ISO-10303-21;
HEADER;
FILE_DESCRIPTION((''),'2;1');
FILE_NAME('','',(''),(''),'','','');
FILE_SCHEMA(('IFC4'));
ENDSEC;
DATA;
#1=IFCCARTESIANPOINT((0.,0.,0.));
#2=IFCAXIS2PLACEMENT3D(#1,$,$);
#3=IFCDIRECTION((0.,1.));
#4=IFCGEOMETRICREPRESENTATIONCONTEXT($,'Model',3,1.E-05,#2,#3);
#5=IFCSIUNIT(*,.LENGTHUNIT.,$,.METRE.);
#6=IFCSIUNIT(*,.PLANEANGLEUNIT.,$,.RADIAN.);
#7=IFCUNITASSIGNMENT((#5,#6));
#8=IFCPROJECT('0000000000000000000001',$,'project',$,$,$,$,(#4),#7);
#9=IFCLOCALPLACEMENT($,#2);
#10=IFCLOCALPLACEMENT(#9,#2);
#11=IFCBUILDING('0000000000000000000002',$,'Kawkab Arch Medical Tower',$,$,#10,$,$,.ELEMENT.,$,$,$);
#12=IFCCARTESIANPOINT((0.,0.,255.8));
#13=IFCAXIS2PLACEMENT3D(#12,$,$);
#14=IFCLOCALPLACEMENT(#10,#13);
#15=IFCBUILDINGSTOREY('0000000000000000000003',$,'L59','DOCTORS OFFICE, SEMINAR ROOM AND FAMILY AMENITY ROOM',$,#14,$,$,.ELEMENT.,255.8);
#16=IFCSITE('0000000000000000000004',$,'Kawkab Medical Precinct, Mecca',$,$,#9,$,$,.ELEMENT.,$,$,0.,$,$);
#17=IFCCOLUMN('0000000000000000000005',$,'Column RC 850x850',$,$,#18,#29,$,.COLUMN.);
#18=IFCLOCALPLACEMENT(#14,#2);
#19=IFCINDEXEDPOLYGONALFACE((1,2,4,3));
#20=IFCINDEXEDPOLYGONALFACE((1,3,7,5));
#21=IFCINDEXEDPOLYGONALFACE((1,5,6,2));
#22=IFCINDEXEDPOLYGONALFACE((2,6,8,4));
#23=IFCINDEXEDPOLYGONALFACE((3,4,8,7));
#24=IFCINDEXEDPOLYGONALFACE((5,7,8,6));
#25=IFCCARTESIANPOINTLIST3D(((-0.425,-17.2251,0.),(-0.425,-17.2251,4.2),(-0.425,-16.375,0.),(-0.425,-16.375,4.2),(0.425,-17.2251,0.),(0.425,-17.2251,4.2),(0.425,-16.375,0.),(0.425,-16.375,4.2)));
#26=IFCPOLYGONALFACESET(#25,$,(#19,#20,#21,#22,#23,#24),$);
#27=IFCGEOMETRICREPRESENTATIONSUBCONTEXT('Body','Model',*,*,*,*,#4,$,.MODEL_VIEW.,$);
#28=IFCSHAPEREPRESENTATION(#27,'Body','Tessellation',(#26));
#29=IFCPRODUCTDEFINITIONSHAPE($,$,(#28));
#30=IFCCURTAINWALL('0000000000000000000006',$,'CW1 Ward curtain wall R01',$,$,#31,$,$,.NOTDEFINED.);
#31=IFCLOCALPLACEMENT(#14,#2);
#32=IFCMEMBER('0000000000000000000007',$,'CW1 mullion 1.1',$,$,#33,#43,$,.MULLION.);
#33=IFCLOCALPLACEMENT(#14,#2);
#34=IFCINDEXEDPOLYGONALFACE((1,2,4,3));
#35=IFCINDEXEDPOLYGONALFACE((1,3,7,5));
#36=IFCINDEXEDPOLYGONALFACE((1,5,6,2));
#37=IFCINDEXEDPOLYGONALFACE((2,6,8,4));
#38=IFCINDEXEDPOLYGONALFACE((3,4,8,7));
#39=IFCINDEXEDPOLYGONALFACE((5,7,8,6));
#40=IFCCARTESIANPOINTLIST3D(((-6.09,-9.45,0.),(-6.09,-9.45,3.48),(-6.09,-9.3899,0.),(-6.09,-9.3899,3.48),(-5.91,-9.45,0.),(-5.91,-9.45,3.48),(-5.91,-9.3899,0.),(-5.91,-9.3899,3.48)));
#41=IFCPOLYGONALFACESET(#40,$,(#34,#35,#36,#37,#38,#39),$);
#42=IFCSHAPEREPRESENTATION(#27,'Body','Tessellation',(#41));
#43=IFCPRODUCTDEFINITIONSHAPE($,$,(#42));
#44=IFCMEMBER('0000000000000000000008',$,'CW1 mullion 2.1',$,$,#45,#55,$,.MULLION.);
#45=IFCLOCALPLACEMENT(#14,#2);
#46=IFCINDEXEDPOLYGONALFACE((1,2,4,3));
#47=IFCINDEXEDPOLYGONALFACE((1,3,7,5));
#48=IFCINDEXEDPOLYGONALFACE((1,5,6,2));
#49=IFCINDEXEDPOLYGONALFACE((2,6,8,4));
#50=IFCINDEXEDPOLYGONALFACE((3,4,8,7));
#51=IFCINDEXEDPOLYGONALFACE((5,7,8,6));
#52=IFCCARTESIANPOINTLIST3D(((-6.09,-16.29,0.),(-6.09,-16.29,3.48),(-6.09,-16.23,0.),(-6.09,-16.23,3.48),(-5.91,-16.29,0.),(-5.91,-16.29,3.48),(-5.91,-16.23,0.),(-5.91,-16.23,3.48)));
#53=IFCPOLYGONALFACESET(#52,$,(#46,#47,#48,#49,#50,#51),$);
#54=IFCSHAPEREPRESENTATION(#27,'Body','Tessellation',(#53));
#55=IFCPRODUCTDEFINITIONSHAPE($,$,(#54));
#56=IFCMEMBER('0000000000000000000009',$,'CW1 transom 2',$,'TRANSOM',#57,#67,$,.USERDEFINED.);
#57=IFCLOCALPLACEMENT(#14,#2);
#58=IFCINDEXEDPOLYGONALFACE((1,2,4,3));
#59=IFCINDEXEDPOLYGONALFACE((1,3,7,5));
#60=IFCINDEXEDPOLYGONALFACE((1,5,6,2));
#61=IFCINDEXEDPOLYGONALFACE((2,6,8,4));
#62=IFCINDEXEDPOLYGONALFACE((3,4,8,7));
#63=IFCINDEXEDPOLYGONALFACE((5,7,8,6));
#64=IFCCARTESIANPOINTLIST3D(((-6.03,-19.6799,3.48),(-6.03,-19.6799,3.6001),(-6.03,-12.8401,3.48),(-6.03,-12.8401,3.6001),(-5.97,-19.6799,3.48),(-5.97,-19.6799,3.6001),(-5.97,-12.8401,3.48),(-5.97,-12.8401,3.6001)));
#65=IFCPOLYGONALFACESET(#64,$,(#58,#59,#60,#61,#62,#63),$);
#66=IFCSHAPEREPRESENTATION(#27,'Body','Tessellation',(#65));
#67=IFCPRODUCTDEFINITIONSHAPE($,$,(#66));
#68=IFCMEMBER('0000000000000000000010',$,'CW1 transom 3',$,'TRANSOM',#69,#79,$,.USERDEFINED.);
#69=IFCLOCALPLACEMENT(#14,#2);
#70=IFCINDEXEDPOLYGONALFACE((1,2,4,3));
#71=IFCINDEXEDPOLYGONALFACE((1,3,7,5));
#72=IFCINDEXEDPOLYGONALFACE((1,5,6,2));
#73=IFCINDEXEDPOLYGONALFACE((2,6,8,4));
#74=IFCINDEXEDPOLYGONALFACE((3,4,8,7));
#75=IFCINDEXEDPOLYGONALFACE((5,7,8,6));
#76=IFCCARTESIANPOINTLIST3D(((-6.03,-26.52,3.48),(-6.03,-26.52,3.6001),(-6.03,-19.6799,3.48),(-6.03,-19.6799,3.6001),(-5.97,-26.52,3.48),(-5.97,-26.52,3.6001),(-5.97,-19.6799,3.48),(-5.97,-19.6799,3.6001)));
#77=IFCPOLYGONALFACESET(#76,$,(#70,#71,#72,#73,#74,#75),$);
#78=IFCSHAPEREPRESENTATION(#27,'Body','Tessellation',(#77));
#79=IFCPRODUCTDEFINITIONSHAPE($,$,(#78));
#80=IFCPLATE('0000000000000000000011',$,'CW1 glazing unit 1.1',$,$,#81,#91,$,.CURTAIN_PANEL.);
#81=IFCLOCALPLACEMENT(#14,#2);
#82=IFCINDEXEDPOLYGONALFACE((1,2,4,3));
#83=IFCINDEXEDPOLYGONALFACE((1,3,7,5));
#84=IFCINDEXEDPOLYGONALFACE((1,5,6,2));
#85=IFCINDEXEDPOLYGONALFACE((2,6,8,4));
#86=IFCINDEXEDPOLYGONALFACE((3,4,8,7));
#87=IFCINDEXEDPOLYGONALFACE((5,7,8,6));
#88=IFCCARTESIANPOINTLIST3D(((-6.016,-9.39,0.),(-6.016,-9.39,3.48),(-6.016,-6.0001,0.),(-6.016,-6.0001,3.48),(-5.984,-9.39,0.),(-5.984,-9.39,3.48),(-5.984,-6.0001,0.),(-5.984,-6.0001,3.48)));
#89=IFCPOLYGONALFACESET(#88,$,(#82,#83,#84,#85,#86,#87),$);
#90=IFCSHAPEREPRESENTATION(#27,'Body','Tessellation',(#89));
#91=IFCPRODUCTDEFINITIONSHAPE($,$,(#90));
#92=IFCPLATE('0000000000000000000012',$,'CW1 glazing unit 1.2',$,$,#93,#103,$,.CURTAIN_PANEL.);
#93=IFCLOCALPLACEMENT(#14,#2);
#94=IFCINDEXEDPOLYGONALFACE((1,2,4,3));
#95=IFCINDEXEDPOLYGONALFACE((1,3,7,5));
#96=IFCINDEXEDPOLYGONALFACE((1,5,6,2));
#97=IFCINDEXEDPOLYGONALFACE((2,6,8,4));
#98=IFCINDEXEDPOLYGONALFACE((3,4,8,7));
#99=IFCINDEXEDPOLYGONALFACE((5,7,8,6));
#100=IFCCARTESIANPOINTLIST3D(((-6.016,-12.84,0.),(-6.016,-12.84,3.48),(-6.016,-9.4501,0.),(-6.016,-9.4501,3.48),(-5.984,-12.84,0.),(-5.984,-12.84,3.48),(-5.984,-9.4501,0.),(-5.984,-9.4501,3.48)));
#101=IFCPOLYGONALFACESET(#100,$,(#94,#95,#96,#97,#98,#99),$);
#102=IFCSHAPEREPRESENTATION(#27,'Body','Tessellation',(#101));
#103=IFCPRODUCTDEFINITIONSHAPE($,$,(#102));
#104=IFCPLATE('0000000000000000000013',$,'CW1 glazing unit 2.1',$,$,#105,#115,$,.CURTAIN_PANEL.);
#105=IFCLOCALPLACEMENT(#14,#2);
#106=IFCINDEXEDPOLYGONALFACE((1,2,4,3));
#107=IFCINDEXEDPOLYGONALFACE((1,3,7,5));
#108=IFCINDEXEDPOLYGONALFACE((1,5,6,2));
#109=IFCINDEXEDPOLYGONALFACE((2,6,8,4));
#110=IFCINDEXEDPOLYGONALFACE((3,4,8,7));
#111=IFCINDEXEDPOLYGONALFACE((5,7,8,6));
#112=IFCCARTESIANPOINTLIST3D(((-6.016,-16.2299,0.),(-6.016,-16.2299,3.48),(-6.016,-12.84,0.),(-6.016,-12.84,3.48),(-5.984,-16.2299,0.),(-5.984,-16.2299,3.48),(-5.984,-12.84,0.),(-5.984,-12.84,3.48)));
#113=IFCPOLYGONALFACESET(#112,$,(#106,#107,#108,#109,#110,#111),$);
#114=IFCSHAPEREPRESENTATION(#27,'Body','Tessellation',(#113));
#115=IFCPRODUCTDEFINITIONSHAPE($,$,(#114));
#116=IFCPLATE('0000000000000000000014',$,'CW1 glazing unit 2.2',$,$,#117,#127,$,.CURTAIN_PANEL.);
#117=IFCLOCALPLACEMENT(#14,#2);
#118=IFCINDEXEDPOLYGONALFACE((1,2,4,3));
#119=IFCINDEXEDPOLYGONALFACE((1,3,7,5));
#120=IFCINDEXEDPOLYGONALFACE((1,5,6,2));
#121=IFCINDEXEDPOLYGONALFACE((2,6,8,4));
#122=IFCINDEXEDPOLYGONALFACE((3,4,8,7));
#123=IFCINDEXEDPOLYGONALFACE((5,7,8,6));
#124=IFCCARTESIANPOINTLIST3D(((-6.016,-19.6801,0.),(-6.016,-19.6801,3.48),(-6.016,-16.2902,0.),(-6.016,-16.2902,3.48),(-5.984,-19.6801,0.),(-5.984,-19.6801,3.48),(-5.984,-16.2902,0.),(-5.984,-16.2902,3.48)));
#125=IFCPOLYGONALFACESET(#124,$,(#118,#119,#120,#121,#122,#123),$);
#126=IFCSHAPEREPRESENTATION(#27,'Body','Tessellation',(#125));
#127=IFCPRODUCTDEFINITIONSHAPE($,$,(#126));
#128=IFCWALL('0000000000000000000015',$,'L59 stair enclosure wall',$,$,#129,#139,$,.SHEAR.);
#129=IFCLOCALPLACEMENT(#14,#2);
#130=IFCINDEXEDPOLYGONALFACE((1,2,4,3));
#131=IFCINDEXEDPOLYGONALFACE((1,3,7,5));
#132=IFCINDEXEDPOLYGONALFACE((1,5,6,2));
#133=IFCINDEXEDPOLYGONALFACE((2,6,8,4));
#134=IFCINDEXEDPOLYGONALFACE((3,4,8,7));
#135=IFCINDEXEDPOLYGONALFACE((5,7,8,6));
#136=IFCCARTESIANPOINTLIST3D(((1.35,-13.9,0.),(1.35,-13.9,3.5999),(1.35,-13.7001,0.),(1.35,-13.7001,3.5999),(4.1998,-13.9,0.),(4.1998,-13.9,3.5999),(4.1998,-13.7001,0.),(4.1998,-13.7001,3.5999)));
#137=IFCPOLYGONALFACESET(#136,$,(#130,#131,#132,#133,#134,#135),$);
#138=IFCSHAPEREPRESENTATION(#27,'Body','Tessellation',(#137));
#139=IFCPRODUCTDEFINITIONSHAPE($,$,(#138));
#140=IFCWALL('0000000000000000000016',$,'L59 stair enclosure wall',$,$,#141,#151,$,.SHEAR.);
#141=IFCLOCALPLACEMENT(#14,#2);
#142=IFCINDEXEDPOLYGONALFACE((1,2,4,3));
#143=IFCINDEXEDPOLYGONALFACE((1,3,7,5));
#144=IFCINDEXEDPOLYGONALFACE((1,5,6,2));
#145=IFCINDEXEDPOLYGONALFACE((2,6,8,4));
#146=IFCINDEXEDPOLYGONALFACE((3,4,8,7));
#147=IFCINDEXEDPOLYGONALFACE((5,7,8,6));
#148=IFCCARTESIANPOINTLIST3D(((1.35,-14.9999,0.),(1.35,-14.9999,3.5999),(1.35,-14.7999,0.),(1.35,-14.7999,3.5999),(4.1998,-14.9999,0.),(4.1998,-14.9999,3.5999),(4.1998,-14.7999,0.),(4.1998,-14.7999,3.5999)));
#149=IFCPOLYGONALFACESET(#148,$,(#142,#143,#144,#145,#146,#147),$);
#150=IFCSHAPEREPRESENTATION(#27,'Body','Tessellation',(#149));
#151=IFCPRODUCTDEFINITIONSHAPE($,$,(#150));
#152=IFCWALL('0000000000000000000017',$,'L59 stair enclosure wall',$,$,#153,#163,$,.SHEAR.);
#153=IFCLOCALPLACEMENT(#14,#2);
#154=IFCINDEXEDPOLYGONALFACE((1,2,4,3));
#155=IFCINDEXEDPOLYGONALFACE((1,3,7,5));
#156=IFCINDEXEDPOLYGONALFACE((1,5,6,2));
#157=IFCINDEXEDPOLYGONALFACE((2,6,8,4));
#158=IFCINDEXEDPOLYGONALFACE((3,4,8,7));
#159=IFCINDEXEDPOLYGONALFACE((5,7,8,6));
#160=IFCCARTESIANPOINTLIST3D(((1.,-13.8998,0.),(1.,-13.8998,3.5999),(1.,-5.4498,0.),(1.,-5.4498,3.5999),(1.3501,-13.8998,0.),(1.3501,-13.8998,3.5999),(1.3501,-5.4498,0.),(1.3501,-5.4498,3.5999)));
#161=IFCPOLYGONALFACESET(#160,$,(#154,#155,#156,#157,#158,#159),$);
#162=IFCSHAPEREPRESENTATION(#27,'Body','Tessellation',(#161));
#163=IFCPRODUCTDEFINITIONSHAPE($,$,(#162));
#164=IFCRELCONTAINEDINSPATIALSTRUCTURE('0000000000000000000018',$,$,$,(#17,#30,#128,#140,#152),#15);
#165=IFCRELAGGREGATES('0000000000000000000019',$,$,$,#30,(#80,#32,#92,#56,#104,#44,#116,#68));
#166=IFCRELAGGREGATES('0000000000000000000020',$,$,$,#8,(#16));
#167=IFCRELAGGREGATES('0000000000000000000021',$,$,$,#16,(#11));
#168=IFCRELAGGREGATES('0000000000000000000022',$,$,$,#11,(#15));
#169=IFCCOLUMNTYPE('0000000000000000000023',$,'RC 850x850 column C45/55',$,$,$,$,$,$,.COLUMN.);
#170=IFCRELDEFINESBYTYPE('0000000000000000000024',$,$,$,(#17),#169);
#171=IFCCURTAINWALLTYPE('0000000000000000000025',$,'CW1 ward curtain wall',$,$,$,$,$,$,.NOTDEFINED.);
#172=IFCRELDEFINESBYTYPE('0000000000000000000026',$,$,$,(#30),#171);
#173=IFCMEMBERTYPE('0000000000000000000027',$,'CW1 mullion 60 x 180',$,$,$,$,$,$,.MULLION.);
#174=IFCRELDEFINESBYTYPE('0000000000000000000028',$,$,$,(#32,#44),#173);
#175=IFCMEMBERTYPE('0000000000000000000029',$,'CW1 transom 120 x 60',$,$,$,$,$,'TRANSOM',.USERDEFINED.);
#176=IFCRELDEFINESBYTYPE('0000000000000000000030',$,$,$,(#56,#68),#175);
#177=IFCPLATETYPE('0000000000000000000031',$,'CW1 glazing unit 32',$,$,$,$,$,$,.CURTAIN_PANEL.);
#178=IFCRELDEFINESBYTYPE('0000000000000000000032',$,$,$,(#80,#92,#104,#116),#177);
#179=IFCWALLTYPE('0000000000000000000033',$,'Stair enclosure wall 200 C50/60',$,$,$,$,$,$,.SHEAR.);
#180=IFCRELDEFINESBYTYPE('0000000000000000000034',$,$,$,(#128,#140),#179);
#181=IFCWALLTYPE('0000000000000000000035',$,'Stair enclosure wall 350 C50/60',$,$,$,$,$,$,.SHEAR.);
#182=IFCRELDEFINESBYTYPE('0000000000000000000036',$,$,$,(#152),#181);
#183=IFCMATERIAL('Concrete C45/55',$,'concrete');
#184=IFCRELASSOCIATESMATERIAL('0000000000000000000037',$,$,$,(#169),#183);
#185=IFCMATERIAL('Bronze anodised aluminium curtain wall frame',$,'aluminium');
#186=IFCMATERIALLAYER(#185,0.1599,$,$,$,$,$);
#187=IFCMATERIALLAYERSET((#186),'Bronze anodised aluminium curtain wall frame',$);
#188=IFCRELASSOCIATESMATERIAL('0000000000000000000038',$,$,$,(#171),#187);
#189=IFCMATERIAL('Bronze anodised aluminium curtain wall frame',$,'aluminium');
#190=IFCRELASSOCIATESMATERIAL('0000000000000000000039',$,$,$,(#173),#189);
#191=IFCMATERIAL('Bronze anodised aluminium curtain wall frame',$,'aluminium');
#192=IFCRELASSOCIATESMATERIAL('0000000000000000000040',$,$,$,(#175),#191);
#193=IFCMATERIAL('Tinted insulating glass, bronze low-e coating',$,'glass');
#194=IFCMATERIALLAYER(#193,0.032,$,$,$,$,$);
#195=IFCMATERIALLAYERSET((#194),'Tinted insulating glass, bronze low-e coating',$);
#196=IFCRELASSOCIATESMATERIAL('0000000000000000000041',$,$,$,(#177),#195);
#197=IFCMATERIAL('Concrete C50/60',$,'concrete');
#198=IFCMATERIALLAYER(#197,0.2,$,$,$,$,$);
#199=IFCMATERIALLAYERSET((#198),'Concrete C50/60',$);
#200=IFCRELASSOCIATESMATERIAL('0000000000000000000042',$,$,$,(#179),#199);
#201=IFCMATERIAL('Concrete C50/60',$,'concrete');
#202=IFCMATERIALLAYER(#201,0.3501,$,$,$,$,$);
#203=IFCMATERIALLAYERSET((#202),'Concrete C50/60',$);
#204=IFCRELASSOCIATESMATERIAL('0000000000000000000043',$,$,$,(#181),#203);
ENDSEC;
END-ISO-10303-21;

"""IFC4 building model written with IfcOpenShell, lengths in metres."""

from ifc_helpers import new_model, si_unit, direction, frame, frame_2d, origin, origin_2d, place, context, subcontext, project, spatial, rectangle, extrude, material, layer, layer_set, material_profile, profile_set, type_object, element, aggregate, save


model = new_model("IFC4")

# Units and contexts
model_context = context("Model", 3, precision=1e-05, world=origin(), true_north=direction((0.0, 1.0)))
body_context = subcontext(model_context, "Body", "Model", "MODEL_VIEW")
ifc_project = project(units=[si_unit("LENGTHUNIT", "METRE"), si_unit("PLANEANGLEUNIT", "RADIAN")], contexts=[model_context])

# Site, building, storey
site_placement = place(None, origin())
site = spatial("IfcSite", under=ifc_project, at=site_placement, Name="Kawkab Medical Precinct, Mecca", CompositionType="ELEMENT", RefElevation=0.0)
building_placement = place(site_placement, origin())
building = spatial("IfcBuilding", under=site, at=building_placement, Name="Kawkab Arch Medical Tower", CompositionType="ELEMENT")
storey_placement = place(building_placement, frame((0.0, 0.0, 255.8)))
storey = spatial("IfcBuildingStorey", under=building, at=storey_placement, Name="L59", Description="DOCTORS OFFICE, SEMINAR ROOM AND FAMILY AMENITY ROOM", CompositionType="ELEMENT", Elevation=255.8)

# Column
ifc_material_1 = material(Name="Concrete C45/55", Category="concrete")
ifc_material_profile_1 = material_profile(ifc_material_1, rectangle(XDim=0.8501, YDim=0.8501, at=origin_2d()), Name="RC 850x850")
ifc_profile_set_1 = profile_set([ifc_material_profile_1], Name="Concrete C45/55")
column_type = type_object("IfcColumnType", Name="RC 850x850 column C45/55", PredefinedType="COLUMN", material=ifc_profile_set_1)
column_placement = place(storey_placement, frame((0.0, -16.8, 0.0), z_axis=(0.0, 0.0, 1.0), x_axis=(1.0, 0.0, 0.0)))
element("IfcColumn", 1, at=column_placement, inside=storey, type_object=column_type, Name="Column RC 850x850", PredefinedType="COLUMN", context=body_context, shape_type="SweptSolid", body=[
    extrude(rectangle(XDim=0.8501, YDim=0.8501, at=origin_2d()), origin(), (0.0, 0.0, 1.0), 4.2),
])

# Curtain wall, members, plates
ifc_material_2 = material(Name="Bronze anodised aluminium curtain wall frame", Category="aluminium")
ifc_layer_1 = layer(ifc_material_2, 0.1599)
ifc_layer_set_1 = layer_set([ifc_layer_1], Name="Bronze anodised aluminium curtain wall frame")
curtain_wall_type = type_object("IfcCurtainWallType", Name="CW1 ward curtain wall", PredefinedType="NOTDEFINED", material=ifc_layer_set_1)
placement = place(storey_placement, origin())
curtain_wall = element("IfcCurtainWall", 2, at=placement, inside=storey, type_object=curtain_wall_type, Name="CW1 Ward curtain wall R01", PredefinedType="NOTDEFINED")
ifc_material_3 = material(Name="Bronze anodised aluminium curtain wall frame", Category="aluminium")
ifc_material_profile_2 = material_profile(ifc_material_3, rectangle(XDim=0.1799, YDim=0.0601, at=origin_2d()), Name="AL 60x180")
ifc_profile_set_2 = profile_set([ifc_material_profile_2], Name="Bronze anodised aluminium curtain wall frame")
member_type_1 = type_object("IfcMemberType", Name="CW1 mullion 60 x 180", PredefinedType="MULLION", material=ifc_profile_set_2)
member_1_placement = place(storey_placement, frame((-6.0, -9.4199, 0.0), z_axis=(0.0, 0.0, 1.0), x_axis=(1.0, 0.0, 0.0)))
member_1 = element("IfcMember", 3, at=member_1_placement, type_object=member_type_1, Name="CW1 mullion 1.1", PredefinedType="MULLION", context=body_context, shape_type="SweptSolid", body=[
    extrude(rectangle(XDim=0.1799, YDim=0.0601, at=origin_2d()), origin(), (0.0, 0.0, 1.0), 3.48),
])
member_2_placement = place(storey_placement, frame((-6.0, -16.26, 0.0), z_axis=(0.0, 0.0, 1.0), x_axis=(1.0, 0.0, 0.0)))
member_2 = element("IfcMember", 4, at=member_2_placement, type_object=member_type_1, Name="CW1 mullion 2.1", PredefinedType="MULLION", context=body_context, shape_type="SweptSolid", body=[
    extrude(rectangle(XDim=0.1799, YDim=0.0601, at=origin_2d()), origin(), (0.0, 0.0, 1.0), 3.48),
])
ifc_material_4 = material(Name="Bronze anodised aluminium curtain wall frame", Category="aluminium")
ifc_material_profile_3 = material_profile(ifc_material_4, rectangle(XDim=0.0601, YDim=0.1201, at=origin_2d()), Name="AL 60x120")
ifc_profile_set_3 = profile_set([ifc_material_profile_3], Name="Bronze anodised aluminium curtain wall frame")
member_type_2 = type_object("IfcMemberType", Name="CW1 transom 120 x 60", ElementType="TRANSOM", PredefinedType="USERDEFINED", material=ifc_profile_set_3)
member_3_placement = place(storey_placement, frame((-6.0, -12.8401, 3.54), z_axis=(0.0, -1.0, 0.0), x_axis=(1.0, 0.0, 0.0)))
member_3 = element("IfcMember", 5, at=member_3_placement, type_object=member_type_2, Name="CW1 transom 2", ObjectType="TRANSOM", PredefinedType="USERDEFINED", context=body_context, shape_type="SweptSolid", body=[
    extrude(rectangle(XDim=0.0601, YDim=0.1201, at=origin_2d()), origin(), (0.0, 0.0, 1.0), 6.8398),
])
member_4_placement = place(storey_placement, frame((-6.0, -19.6799, 3.54), z_axis=(0.0, -1.0, 0.0), x_axis=(1.0, 0.0, 0.0)))
member_4 = element("IfcMember", 6, at=member_4_placement, type_object=member_type_2, Name="CW1 transom 3", ObjectType="TRANSOM", PredefinedType="USERDEFINED", context=body_context, shape_type="SweptSolid", body=[
    extrude(rectangle(XDim=0.0601, YDim=0.1201, at=origin_2d()), origin(), (0.0, 0.0, 1.0), 6.8401),
])
ifc_material_5 = material(Name="Tinted insulating glass, bronze low-e coating", Category="glass")
ifc_layer_2 = layer(ifc_material_5, 0.032)
ifc_layer_set_2 = layer_set([ifc_layer_2], Name="Tinted insulating glass, bronze low-e coating")
plate_type = type_object("IfcPlateType", Name="CW1 glazing unit 32", PredefinedType="CURTAIN_PANEL", material=ifc_layer_set_2)
plate_1_placement = place(storey_placement, frame((-6.0, -7.6951, 0.0), z_axis=(0.0, 0.0, 1.0), x_axis=(0.0, -1.0, 0.0)))
plate_1 = element("IfcPlate", 7, at=plate_1_placement, type_object=plate_type, Name="CW1 glazing unit 1.1", PredefinedType="CURTAIN_PANEL", context=body_context, shape_type="SweptSolid", body=[
    extrude(rectangle(XDim=3.3899, YDim=0.032, at=origin_2d()), origin(), (0.0, 0.0, 1.0), 3.48),
])
plate_2_placement = place(storey_placement, frame((-6.0, -11.145, 0.0), z_axis=(0.0, 0.0, 1.0), x_axis=(0.0, -1.0, 0.0)))
plate_2 = element("IfcPlate", 8, at=plate_2_placement, type_object=plate_type, Name="CW1 glazing unit 1.2", PredefinedType="CURTAIN_PANEL", context=body_context, shape_type="SweptSolid", body=[
    extrude(rectangle(XDim=3.3899, YDim=0.032, at=origin_2d()), origin(), (0.0, 0.0, 1.0), 3.48),
])
plate_3_placement = place(storey_placement, frame((-6.0, -14.5349, 0.0), z_axis=(0.0, 0.0, 1.0), x_axis=(0.0, -1.0, 0.0)))
plate_3 = element("IfcPlate", 9, at=plate_3_placement, type_object=plate_type, Name="CW1 glazing unit 2.1", PredefinedType="CURTAIN_PANEL", context=body_context, shape_type="SweptSolid", body=[
    extrude(rectangle(XDim=3.3899, YDim=0.032, at=origin_2d()), origin(), (0.0, 0.0, 1.0), 3.48),
])
plate_4_placement = place(storey_placement, frame((-6.0, -17.9851, 0.0), z_axis=(0.0, 0.0, 1.0), x_axis=(0.0, -1.0, 0.0)))
plate_4 = element("IfcPlate", 10, at=plate_4_placement, type_object=plate_type, Name="CW1 glazing unit 2.2", PredefinedType="CURTAIN_PANEL", context=body_context, shape_type="SweptSolid", body=[
    extrude(rectangle(XDim=3.3899, YDim=0.032, at=origin_2d()), origin(), (0.0, 0.0, 1.0), 3.48),
])
aggregate(curtain_wall, [plate_1, member_1, plate_2, member_3, plate_3, member_2, plate_4, member_4])

# Walls
ifc_material_6 = material(Name="Concrete C50/60", Category="concrete")
ifc_layer_3 = layer(ifc_material_6, 0.2)
ifc_layer_set_3 = layer_set([ifc_layer_3], Name="Concrete C50/60")
wall_type_1 = type_object("IfcWallType", Name="Stair enclosure wall 200 C50/60", PredefinedType="SHEAR", material=ifc_layer_set_3)
for number, where, z_axis, x_axis, name in (
    (11, (1.3501, -13.8, 0.0), (0.0, 0.0, 1.0), (1.0, 0.0, 0.0), "L59 stair enclosure wall"),
    (12, (1.3501, -14.8999, 0.0), (0.0, 0.0, 1.0), (1.0, 0.0, 0.0), "L59 stair enclosure wall"),
):
    element("IfcWall", number, at=place(storey_placement, frame(where, z_axis=z_axis, x_axis=x_axis)), inside=storey, type_object=wall_type_1, Name=name, PredefinedType="SHEAR", context=body_context, shape_type="SweptSolid", body=[
        extrude(rectangle(XDim=2.8499, YDim=0.2, at=frame_2d((1.4248, 0.0))), origin(), (0.0, 0.0, 1.0), 3.5999),
    ])
ifc_material_7 = material(Name="Concrete C50/60", Category="concrete")
ifc_layer_4 = layer(ifc_material_7, 0.3501)
ifc_layer_set_4 = layer_set([ifc_layer_4], Name="Concrete C50/60")
wall_type_2 = type_object("IfcWallType", Name="Stair enclosure wall 350 C50/60", PredefinedType="SHEAR", material=ifc_layer_set_4)
wall_placement = place(storey_placement, frame((1.175, -13.8999, 0.0), z_axis=(0.0, 0.0, 1.0), x_axis=(0.0, 1.0, 0.0)))
element("IfcWall", 13, at=wall_placement, inside=storey, type_object=wall_type_2, Name="L59 stair enclosure wall", PredefinedType="SHEAR", context=body_context, shape_type="SweptSolid", body=[
    extrude(rectangle(XDim=8.45, YDim=0.3501, at=frame_2d((4.2251, 0.0))), origin(), (0.0, 0.0, 1.0), 3.5999),
])

save(model, "model.ifc")
